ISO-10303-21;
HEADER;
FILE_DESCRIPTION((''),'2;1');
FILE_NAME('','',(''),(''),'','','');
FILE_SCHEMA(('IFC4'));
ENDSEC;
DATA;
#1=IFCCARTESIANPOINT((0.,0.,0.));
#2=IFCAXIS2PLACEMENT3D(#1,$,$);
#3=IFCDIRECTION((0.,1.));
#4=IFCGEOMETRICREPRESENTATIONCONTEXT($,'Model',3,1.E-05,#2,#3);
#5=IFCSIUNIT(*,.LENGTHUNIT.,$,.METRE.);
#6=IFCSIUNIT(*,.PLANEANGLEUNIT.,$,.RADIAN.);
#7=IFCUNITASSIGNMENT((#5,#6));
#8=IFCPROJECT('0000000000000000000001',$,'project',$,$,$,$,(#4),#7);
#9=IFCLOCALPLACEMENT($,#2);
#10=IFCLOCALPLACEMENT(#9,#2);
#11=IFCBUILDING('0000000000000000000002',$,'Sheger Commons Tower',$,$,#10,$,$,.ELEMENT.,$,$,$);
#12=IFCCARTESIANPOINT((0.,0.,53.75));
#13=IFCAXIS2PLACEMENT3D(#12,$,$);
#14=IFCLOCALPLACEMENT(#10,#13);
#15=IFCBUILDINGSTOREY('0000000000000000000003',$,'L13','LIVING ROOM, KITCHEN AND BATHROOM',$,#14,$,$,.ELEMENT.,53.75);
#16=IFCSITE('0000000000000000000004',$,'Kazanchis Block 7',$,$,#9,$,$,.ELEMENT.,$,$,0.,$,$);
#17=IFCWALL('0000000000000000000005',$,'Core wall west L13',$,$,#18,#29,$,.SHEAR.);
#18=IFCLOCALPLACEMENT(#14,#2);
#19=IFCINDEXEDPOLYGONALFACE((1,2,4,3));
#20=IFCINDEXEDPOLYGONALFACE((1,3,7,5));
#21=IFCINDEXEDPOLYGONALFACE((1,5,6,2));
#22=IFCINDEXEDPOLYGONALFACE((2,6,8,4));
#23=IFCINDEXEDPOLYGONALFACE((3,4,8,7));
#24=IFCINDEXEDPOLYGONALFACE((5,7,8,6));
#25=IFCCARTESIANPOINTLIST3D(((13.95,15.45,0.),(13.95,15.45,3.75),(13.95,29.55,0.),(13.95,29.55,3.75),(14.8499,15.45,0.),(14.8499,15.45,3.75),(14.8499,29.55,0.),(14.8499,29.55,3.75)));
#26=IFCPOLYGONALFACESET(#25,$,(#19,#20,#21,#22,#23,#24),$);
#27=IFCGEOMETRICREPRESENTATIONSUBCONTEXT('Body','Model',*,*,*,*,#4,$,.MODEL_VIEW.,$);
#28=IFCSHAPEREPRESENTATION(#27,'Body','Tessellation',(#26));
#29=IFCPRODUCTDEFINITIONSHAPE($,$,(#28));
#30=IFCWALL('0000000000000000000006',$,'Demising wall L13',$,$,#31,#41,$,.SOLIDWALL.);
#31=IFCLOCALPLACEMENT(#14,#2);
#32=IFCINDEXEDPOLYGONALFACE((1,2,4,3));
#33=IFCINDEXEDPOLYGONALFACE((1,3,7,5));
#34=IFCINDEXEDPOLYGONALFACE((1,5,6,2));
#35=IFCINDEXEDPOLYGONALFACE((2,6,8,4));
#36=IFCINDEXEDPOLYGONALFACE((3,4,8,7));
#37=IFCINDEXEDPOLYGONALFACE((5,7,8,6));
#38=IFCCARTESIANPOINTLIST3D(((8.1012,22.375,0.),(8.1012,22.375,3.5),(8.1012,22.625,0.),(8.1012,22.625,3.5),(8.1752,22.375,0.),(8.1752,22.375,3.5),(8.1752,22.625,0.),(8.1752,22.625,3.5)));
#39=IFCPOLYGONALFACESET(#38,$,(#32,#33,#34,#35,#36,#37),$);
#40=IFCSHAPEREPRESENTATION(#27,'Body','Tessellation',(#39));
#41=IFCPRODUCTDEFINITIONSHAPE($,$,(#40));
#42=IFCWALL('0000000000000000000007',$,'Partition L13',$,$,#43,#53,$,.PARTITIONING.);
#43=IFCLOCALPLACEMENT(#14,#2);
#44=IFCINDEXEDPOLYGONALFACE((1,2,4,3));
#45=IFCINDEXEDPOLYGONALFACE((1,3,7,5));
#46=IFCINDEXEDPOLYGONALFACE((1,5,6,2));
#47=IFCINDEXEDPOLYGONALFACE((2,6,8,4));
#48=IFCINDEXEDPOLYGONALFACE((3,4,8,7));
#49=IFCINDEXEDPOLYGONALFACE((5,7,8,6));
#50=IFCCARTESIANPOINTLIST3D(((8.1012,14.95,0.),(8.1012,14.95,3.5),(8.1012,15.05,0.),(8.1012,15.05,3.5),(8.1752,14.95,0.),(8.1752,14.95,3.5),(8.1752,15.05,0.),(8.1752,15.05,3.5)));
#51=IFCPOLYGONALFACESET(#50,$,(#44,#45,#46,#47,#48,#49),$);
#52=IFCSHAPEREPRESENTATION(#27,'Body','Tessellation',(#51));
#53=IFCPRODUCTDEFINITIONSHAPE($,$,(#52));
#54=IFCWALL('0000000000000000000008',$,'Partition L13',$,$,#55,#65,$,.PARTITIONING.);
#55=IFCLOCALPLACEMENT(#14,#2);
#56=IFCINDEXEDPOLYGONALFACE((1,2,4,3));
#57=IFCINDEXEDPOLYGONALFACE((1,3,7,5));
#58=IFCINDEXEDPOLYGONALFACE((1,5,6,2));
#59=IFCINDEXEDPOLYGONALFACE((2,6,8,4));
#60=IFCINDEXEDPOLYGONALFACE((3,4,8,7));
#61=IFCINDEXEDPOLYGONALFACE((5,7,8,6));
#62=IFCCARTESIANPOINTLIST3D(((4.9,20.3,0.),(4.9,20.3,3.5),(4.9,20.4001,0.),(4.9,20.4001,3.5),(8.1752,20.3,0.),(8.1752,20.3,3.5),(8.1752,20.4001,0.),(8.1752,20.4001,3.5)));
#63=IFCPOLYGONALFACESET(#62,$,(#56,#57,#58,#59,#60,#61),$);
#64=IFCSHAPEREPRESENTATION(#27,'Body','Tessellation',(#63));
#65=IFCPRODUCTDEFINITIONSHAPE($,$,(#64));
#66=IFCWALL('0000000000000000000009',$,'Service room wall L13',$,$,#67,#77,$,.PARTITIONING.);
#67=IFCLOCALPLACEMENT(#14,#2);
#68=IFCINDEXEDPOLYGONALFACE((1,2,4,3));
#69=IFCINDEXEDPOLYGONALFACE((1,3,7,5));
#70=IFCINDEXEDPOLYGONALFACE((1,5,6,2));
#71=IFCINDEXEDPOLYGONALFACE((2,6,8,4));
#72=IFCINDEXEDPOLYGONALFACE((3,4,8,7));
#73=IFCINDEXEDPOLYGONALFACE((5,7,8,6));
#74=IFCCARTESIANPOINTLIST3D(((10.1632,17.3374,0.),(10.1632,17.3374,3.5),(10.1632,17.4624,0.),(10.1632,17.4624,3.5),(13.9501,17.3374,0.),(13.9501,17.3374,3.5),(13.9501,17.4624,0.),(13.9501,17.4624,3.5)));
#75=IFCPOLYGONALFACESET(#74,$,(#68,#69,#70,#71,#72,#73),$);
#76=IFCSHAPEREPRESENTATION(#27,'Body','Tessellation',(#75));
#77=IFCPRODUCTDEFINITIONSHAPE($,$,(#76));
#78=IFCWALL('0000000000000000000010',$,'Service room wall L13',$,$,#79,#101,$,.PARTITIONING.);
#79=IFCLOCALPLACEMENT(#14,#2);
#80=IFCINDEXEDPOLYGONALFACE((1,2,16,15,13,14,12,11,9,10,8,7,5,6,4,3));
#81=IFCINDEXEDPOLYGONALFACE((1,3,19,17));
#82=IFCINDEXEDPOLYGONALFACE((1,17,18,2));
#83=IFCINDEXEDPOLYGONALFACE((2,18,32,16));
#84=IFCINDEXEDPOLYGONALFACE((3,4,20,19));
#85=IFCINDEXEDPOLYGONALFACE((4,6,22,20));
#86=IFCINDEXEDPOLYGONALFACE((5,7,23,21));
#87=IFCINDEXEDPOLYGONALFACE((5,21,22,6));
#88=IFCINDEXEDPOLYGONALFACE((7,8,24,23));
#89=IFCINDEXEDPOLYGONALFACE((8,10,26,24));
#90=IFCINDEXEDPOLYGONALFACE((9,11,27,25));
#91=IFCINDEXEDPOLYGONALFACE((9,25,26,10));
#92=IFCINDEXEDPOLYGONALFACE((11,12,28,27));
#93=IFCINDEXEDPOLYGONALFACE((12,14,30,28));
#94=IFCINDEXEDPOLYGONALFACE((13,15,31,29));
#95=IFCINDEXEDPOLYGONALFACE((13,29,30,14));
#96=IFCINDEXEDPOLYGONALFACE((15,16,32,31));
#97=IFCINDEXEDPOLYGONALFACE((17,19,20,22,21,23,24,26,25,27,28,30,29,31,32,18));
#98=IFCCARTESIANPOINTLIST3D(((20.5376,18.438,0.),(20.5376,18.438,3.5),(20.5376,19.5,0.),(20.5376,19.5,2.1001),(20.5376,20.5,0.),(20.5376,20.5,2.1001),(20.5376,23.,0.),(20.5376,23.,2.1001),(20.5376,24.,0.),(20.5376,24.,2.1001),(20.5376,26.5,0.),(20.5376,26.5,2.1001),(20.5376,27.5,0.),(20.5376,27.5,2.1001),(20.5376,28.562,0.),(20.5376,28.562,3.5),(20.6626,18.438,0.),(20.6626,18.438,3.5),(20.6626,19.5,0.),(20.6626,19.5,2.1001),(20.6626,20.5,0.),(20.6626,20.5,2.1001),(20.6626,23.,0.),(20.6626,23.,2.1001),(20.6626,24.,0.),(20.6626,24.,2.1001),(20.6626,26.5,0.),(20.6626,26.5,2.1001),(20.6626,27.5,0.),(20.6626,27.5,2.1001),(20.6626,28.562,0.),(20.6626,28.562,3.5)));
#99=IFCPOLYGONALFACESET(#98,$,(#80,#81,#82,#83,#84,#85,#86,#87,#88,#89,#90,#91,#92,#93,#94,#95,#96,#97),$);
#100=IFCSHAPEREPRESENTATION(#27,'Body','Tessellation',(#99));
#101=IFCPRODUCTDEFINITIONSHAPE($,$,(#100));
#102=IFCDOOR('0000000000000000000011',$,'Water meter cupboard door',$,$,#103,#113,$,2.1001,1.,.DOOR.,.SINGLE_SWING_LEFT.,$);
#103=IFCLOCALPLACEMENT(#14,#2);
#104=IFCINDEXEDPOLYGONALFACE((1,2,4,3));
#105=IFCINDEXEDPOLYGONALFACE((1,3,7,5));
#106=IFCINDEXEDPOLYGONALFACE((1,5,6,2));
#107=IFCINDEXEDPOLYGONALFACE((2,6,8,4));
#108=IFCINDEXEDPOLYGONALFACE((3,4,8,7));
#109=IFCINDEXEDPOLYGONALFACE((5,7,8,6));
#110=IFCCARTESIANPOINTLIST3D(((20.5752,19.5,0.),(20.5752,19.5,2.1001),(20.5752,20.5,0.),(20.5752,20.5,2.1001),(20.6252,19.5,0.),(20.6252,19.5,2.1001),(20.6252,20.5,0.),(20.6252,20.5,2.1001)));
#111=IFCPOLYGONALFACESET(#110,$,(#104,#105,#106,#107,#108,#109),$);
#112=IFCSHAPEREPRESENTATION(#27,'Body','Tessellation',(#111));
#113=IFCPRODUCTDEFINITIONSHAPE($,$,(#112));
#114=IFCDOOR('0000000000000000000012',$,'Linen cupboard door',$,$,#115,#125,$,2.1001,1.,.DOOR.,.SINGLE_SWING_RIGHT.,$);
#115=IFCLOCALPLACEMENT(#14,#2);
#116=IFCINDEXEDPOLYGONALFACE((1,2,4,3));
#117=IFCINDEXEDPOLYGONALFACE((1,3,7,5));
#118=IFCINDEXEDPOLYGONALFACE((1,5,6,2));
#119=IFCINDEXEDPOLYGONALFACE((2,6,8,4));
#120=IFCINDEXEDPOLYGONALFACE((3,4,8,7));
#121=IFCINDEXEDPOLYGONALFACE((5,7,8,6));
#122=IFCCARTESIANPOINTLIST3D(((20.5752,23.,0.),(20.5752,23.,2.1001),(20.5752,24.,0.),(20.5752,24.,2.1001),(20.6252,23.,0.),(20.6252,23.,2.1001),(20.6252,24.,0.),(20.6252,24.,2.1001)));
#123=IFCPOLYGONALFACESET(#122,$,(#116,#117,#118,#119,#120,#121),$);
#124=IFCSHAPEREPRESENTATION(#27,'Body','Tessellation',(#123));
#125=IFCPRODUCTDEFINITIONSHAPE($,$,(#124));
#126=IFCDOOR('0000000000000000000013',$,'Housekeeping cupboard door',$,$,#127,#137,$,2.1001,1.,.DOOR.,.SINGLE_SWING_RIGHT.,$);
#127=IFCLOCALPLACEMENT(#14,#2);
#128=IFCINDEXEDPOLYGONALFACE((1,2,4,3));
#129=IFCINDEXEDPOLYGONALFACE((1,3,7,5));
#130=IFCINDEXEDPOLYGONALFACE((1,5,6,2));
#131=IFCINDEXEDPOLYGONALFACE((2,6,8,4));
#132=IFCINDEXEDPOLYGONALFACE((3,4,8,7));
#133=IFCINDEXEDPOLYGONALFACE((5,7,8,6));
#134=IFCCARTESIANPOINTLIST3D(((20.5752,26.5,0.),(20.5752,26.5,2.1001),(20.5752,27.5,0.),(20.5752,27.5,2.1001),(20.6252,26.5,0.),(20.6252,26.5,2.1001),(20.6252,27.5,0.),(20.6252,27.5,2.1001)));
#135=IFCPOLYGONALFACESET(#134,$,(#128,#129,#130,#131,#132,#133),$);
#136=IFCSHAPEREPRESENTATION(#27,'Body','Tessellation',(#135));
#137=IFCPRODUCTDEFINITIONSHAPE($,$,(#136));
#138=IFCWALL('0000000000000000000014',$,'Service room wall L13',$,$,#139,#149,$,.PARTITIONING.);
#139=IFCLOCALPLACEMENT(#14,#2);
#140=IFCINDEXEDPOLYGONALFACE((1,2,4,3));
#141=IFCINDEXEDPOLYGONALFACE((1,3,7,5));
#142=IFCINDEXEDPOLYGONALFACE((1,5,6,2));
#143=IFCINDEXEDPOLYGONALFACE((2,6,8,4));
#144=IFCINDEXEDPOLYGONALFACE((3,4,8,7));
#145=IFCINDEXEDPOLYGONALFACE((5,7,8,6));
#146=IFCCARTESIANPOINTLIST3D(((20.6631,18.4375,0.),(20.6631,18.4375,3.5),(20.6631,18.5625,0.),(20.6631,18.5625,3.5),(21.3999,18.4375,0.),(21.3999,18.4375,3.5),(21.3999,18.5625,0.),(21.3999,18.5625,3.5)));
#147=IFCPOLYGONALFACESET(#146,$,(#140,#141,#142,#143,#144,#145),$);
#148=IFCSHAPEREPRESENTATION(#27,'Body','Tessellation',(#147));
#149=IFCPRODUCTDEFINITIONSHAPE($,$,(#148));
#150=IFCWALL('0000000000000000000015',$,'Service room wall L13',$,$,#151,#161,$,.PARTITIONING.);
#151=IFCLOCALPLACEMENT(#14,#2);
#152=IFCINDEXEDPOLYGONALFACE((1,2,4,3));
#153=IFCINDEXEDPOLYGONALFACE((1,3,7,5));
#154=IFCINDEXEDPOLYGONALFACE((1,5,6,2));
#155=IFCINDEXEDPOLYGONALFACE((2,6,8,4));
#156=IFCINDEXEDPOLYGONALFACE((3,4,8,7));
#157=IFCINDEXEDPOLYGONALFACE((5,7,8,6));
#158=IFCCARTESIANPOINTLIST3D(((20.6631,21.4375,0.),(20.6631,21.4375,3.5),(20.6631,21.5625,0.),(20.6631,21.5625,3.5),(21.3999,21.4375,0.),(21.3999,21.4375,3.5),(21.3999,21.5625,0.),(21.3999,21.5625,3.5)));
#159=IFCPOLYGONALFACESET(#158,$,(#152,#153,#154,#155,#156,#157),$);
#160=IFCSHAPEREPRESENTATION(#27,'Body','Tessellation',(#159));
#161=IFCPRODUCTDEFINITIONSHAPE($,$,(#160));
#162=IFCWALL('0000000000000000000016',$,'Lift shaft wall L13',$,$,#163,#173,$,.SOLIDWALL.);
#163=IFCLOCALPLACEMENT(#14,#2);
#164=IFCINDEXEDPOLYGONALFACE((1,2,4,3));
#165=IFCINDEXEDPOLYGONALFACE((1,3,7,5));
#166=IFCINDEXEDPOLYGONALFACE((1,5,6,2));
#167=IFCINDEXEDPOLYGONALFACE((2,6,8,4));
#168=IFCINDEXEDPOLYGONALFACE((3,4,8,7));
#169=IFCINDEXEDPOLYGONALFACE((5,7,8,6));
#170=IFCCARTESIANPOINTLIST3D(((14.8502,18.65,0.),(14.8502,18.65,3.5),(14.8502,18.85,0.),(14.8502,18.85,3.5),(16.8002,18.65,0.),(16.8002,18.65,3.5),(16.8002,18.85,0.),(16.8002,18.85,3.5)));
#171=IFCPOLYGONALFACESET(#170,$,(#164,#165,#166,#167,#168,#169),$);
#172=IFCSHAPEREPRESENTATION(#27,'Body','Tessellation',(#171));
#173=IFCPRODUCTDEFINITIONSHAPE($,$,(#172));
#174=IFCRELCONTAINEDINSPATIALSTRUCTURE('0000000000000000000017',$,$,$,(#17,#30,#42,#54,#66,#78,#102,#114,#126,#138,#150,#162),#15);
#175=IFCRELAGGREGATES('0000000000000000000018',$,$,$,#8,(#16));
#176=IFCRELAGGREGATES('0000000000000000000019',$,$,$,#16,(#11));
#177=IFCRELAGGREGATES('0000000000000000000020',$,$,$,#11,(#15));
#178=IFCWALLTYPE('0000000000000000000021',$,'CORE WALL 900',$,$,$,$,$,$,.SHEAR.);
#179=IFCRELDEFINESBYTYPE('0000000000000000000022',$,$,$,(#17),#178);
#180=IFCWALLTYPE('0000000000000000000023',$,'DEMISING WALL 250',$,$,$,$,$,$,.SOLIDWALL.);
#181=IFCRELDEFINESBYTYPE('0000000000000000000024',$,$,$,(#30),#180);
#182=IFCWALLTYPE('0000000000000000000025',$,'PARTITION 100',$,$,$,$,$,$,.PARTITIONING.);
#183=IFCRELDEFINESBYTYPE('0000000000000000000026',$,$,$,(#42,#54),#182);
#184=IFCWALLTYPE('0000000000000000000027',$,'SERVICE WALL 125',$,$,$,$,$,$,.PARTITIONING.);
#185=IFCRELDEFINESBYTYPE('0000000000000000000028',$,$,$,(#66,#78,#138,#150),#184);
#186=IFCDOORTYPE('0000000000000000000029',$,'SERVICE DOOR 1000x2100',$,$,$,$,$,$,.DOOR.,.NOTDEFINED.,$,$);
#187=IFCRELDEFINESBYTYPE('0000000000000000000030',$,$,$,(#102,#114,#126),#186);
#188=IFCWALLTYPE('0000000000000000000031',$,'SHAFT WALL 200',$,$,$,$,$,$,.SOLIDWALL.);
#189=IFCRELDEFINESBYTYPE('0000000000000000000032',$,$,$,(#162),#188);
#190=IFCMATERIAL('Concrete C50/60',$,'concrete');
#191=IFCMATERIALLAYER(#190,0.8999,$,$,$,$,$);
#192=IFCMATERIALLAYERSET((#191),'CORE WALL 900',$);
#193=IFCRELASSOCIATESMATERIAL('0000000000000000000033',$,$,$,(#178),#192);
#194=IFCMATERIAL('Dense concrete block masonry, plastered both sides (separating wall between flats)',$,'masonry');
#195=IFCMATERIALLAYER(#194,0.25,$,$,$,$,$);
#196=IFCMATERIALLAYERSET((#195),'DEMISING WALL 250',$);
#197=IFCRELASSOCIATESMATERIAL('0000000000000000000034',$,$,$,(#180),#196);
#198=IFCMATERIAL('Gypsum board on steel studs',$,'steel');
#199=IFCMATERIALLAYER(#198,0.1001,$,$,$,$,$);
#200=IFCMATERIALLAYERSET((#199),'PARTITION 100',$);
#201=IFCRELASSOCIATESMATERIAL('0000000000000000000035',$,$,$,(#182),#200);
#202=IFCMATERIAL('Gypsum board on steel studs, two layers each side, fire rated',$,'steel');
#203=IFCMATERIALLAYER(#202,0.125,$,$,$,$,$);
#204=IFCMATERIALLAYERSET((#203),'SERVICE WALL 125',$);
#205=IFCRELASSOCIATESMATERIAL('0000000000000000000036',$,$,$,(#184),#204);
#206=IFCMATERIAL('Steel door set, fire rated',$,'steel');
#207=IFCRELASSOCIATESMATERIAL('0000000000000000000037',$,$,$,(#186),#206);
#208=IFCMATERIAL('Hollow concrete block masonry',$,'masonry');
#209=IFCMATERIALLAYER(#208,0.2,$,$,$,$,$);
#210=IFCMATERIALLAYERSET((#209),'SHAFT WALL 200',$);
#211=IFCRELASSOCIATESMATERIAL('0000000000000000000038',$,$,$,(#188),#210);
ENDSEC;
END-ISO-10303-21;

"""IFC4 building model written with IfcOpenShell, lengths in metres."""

from ifc_helpers import new_model, si_unit, direction, frame, frame_2d, origin, place, context, subcontext, project, spatial, rectangle, extrude, material, layer, layer_set, type_object, element, fill, save


model = new_model("IFC4")

# Units and contexts
model_context = context("Model", 3, precision=1e-05, world=origin(), true_north=direction((0.0, 1.0)))
body_context = subcontext(model_context, "Body", "Model", "MODEL_VIEW")
ifc_project = project(units=[si_unit("LENGTHUNIT", "METRE"), si_unit("PLANEANGLEUNIT", "RADIAN")], contexts=[model_context])

# Site, building, storey
site_placement = place(None, origin())
site = spatial("IfcSite", under=ifc_project, at=site_placement, Name="Kazanchis Block 7", CompositionType="ELEMENT", RefElevation=0.0)
building_placement = place(site_placement, origin())
building = spatial("IfcBuilding", under=site, at=building_placement, Name="Sheger Commons Tower", CompositionType="ELEMENT")
storey_placement = place(building_placement, frame((0.0, 0.0, 53.75)))
storey = spatial("IfcBuildingStorey", under=building, at=storey_placement, Name="L13", Description="LIVING ROOM, KITCHEN AND BATHROOM", CompositionType="ELEMENT", Elevation=53.75)

# Shared definitions
ifc_material_1 = material(Name="Concrete C50/60", Category="concrete")
ifc_layer_1 = layer(ifc_material_1, 0.8999)
ifc_layer_set_1 = layer_set([ifc_layer_1], Name="CORE WALL 900")
wall_type_1 = type_object("IfcWallType", Name="CORE WALL 900", PredefinedType="SHEAR", material=ifc_layer_set_1)

# Walls
wall_1_placement = place(storey_placement, frame((14.3999, 15.45, 0.0), z_axis=(0.0, 0.0, 1.0), x_axis=(0.0, 1.0, 0.0)))
element("IfcWall", 1, at=wall_1_placement, inside=storey, type_object=wall_type_1, Name="Core wall west L13", PredefinedType="SHEAR", context=body_context, shape_type="SweptSolid", body=[
    extrude(rectangle(XDim=14.1001, YDim=0.8999, at=frame_2d((7.05, 0.0))), origin(), (0.0, 0.0, 1.0), 3.75),
])
ifc_material_2 = material(Name="Dense concrete block masonry, plastered both sides (separating wall between flats)", Category="masonry")
ifc_layer_2 = layer(ifc_material_2, 0.25)
ifc_layer_set_2 = layer_set([ifc_layer_2], Name="DEMISING WALL 250")
wall_type_2 = type_object("IfcWallType", Name="DEMISING WALL 250", PredefinedType="SOLIDWALL", material=ifc_layer_set_2)
wall_2_placement = place(storey_placement, frame((8.1011, 22.5, 0.0), z_axis=(0.0, 0.0, 1.0), x_axis=(1.0, 0.0, 0.0)))
element("IfcWall", 2, at=wall_2_placement, inside=storey, type_object=wall_type_2, Name="Demising wall L13", PredefinedType="SOLIDWALL", context=body_context, shape_type="SweptSolid", body=[
    extrude(rectangle(XDim=0.074, YDim=0.25, at=frame_2d((0.0371, 0.0))), origin(), (0.0, 0.0, 1.0), 3.5),
])
ifc_material_3 = material(Name="Gypsum board on steel studs", Category="steel")
ifc_layer_3 = layer(ifc_material_3, 0.1001)
ifc_layer_set_3 = layer_set([ifc_layer_3], Name="PARTITION 100")
wall_type_3 = type_object("IfcWallType", Name="PARTITION 100", PredefinedType="PARTITIONING", material=ifc_layer_set_3)
wall_3_placement = place(storey_placement, frame((8.1011, 15.0, 0.0), z_axis=(0.0, 0.0, 1.0), x_axis=(1.0, 0.0, 0.0)))
element("IfcWall", 3, at=wall_3_placement, inside=storey, type_object=wall_type_3, Name="Partition L13", PredefinedType="PARTITIONING", context=body_context, shape_type="SweptSolid", body=[
    extrude(rectangle(XDim=0.074, YDim=0.1001, at=frame_2d((0.0371, 0.0))), origin(), (0.0, 0.0, 1.0), 3.5),
])
wall_4_placement = place(storey_placement, frame((4.8999, 20.3501, 0.0), z_axis=(0.0, 0.0, 1.0), x_axis=(1.0, 0.0, 0.0)))
element("IfcWall", 4, at=wall_4_placement, inside=storey, type_object=wall_type_3, Name="Partition L13", PredefinedType="PARTITIONING", context=body_context, shape_type="SweptSolid", body=[
    extrude(rectangle(XDim=3.2751, YDim=0.1001, at=frame_2d((1.6377, 0.0))), origin(), (0.0, 0.0, 1.0), 3.5),
])
ifc_material_4 = material(Name="Gypsum board on steel studs, two layers each side, fire rated", Category="steel")
ifc_layer_4 = layer(ifc_material_4, 0.125)
ifc_layer_set_4 = layer_set([ifc_layer_4], Name="SERVICE WALL 125")
wall_type_4 = type_object("IfcWallType", Name="SERVICE WALL 125", PredefinedType="PARTITIONING", material=ifc_layer_set_4)
wall_5_placement = place(storey_placement, frame((10.1631, 17.3999, 0.0), z_axis=(0.0, 0.0, 1.0), x_axis=(1.0, 0.0, 0.0)))
element("IfcWall", 5, at=wall_5_placement, inside=storey, type_object=wall_type_4, Name="Service room wall L13", PredefinedType="PARTITIONING", context=body_context, shape_type="SweptSolid", body=[
    extrude(rectangle(XDim=3.7869, YDim=0.125, at=frame_2d((1.8936, 0.0))), origin(), (0.0, 0.0, 1.0), 3.5),
])

# Wall, openings, doors
wall_6_placement = place(storey_placement, frame((20.6001, 18.438, 0.0), z_axis=(0.0, 0.0, 1.0), x_axis=(0.0, 1.0, 0.0)))
wall_6 = element("IfcWall", 6, at=wall_6_placement, inside=storey, type_object=wall_type_4, Name="Service room wall L13", PredefinedType="PARTITIONING", context=body_context, shape_type="SweptSolid", body=[
    extrude(rectangle(XDim=10.124, YDim=0.125, at=frame_2d((5.062, 0.0))), origin(), (0.0, 0.0, 1.0), 3.5),
])
opening_1_placement = place(wall_6_placement, frame((1.062, 0.0, 0.0)))
opening_1 = element("IfcOpeningElement", 7, at=opening_1_placement, cuts=wall_6, PredefinedType="OPENING", context=body_context, shape_type="SweptSolid", body=[
    extrude(rectangle(XDim=1.0, YDim=2.1001, at=frame_2d((0.5, 1.05))), frame((0.0, 0.0725, 0.0), z_axis=(0.0, -1.0, 0.0), x_axis=(1.0, 0.0, 0.0)), (0.0, 0.0, 1.0), 0.145),
])
opening_2_placement = place(wall_6_placement, frame((4.562, 0.0, 0.0)))
opening_2 = element("IfcOpeningElement", 8, at=opening_2_placement, cuts=wall_6, PredefinedType="OPENING", context=body_context, shape_type="SweptSolid", body=[
    extrude(rectangle(XDim=1.0, YDim=2.1001, at=frame_2d((0.5, 1.05))), frame((0.0, 0.0725, 0.0), z_axis=(0.0, -1.0, 0.0), x_axis=(1.0, 0.0, 0.0)), (0.0, 0.0, 1.0), 0.145),
])
opening_3_placement = place(wall_6_placement, frame((8.062, 0.0, 0.0)))
opening_3 = element("IfcOpeningElement", 9, at=opening_3_placement, cuts=wall_6, PredefinedType="OPENING", context=body_context, shape_type="SweptSolid", body=[
    extrude(rectangle(XDim=1.0, YDim=2.1001, at=frame_2d((0.5, 1.05))), frame((0.0, 0.0725, 0.0), z_axis=(0.0, -1.0, 0.0), x_axis=(1.0, 0.0, 0.0)), (0.0, 0.0, 1.0), 0.145),
])
ifc_material_5 = material(Name="Steel door set, fire rated", Category="steel")
door_type_1 = type_object("IfcDoorType", Name="SERVICE DOOR 1000x2100", OperationType="NOTDEFINED", PredefinedType="DOOR", material=ifc_material_5)
door_1_placement = place(opening_1_placement, origin())
door_1 = element("IfcDoor", 10, at=door_1_placement, inside=storey, type_object=door_type_1, Name="Water meter cupboard door", OperationType="SINGLE_SWING_LEFT", OverallHeight=2.1001, OverallWidth=1.0, PredefinedType="DOOR", context=body_context, shape_type="SweptSolid", body=[
    extrude(rectangle(XDim=1.0, YDim=2.1001, at=frame_2d((0.5, 1.05))), frame((0.0, 0.0249, 0.0), z_axis=(0.0, -1.0, 0.0), x_axis=(1.0, 0.0, 0.0)), (0.0, 0.0, 1.0), 0.05),
])
fill(opening_1, door_1)
door_2_placement = place(opening_2_placement, origin())
door_2 = element("IfcDoor", 11, at=door_2_placement, inside=storey, type_object=door_type_1, Name="Linen cupboard door", OperationType="SINGLE_SWING_RIGHT", OverallHeight=2.1001, OverallWidth=1.0, PredefinedType="DOOR", context=body_context, shape_type="SweptSolid", body=[
    extrude(rectangle(XDim=1.0, YDim=2.1001, at=frame_2d((0.5, 1.05))), frame((0.0, 0.0249, 0.0), z_axis=(0.0, -1.0, 0.0), x_axis=(1.0, 0.0, 0.0)), (0.0, 0.0, 1.0), 0.05),
])
fill(opening_2, door_2)
door_3_placement = place(opening_3_placement, origin())
door_3 = element("IfcDoor", 12, at=door_3_placement, inside=storey, type_object=door_type_1, Name="Housekeeping cupboard door", OperationType="SINGLE_SWING_RIGHT", OverallHeight=2.1001, OverallWidth=1.0, PredefinedType="DOOR", context=body_context, shape_type="SweptSolid", body=[
    extrude(rectangle(XDim=1.0, YDim=2.1001, at=frame_2d((0.5, 1.05))), frame((0.0, 0.0249, 0.0), z_axis=(0.0, -1.0, 0.0), x_axis=(1.0, 0.0, 0.0)), (0.0, 0.0, 1.0), 0.05),
])
fill(opening_3, door_3)

# Walls
for number, where, z_axis, x_axis, name in (
    (13, (20.6631, 18.5, 0.0), (0.0, 0.0, 1.0), (1.0, 0.0, 0.0), "Service room wall L13"),
    (14, (20.6631, 21.5, 0.0), (0.0, 0.0, 1.0), (1.0, 0.0, 0.0), "Service room wall L13"),
):
    element("IfcWall", number, at=place(storey_placement, frame(where, z_axis=z_axis, x_axis=x_axis)), inside=storey, type_object=wall_type_4, Name=name, PredefinedType="PARTITIONING", context=body_context, shape_type="SweptSolid", body=[
        extrude(rectangle(XDim=0.7368, YDim=0.125, at=frame_2d((0.3684, 0.0))), origin(), (0.0, 0.0, 1.0), 3.5),
    ])
ifc_material_6 = material(Name="Hollow concrete block masonry", Category="masonry")
ifc_layer_5 = layer(ifc_material_6, 0.2)
ifc_layer_set_5 = layer_set([ifc_layer_5], Name="SHAFT WALL 200")
wall_type_5 = type_object("IfcWallType", Name="SHAFT WALL 200", PredefinedType="SOLIDWALL", material=ifc_layer_set_5)
wall_7_placement = place(storey_placement, frame((14.8501, 18.75, 0.0), z_axis=(0.0, 0.0, 1.0), x_axis=(1.0, 0.0, 0.0)))
element("IfcWall", 15, at=wall_7_placement, inside=storey, type_object=wall_type_5, Name="Lift shaft wall L13", PredefinedType="SOLIDWALL", context=body_context, shape_type="SweptSolid", body=[
    extrude(rectangle(XDim=1.95, YDim=0.2, at=frame_2d((0.9751, 0.0))), origin(), (0.0, 0.0, 1.0), 3.5),
])

save(model, "model.ifc")
